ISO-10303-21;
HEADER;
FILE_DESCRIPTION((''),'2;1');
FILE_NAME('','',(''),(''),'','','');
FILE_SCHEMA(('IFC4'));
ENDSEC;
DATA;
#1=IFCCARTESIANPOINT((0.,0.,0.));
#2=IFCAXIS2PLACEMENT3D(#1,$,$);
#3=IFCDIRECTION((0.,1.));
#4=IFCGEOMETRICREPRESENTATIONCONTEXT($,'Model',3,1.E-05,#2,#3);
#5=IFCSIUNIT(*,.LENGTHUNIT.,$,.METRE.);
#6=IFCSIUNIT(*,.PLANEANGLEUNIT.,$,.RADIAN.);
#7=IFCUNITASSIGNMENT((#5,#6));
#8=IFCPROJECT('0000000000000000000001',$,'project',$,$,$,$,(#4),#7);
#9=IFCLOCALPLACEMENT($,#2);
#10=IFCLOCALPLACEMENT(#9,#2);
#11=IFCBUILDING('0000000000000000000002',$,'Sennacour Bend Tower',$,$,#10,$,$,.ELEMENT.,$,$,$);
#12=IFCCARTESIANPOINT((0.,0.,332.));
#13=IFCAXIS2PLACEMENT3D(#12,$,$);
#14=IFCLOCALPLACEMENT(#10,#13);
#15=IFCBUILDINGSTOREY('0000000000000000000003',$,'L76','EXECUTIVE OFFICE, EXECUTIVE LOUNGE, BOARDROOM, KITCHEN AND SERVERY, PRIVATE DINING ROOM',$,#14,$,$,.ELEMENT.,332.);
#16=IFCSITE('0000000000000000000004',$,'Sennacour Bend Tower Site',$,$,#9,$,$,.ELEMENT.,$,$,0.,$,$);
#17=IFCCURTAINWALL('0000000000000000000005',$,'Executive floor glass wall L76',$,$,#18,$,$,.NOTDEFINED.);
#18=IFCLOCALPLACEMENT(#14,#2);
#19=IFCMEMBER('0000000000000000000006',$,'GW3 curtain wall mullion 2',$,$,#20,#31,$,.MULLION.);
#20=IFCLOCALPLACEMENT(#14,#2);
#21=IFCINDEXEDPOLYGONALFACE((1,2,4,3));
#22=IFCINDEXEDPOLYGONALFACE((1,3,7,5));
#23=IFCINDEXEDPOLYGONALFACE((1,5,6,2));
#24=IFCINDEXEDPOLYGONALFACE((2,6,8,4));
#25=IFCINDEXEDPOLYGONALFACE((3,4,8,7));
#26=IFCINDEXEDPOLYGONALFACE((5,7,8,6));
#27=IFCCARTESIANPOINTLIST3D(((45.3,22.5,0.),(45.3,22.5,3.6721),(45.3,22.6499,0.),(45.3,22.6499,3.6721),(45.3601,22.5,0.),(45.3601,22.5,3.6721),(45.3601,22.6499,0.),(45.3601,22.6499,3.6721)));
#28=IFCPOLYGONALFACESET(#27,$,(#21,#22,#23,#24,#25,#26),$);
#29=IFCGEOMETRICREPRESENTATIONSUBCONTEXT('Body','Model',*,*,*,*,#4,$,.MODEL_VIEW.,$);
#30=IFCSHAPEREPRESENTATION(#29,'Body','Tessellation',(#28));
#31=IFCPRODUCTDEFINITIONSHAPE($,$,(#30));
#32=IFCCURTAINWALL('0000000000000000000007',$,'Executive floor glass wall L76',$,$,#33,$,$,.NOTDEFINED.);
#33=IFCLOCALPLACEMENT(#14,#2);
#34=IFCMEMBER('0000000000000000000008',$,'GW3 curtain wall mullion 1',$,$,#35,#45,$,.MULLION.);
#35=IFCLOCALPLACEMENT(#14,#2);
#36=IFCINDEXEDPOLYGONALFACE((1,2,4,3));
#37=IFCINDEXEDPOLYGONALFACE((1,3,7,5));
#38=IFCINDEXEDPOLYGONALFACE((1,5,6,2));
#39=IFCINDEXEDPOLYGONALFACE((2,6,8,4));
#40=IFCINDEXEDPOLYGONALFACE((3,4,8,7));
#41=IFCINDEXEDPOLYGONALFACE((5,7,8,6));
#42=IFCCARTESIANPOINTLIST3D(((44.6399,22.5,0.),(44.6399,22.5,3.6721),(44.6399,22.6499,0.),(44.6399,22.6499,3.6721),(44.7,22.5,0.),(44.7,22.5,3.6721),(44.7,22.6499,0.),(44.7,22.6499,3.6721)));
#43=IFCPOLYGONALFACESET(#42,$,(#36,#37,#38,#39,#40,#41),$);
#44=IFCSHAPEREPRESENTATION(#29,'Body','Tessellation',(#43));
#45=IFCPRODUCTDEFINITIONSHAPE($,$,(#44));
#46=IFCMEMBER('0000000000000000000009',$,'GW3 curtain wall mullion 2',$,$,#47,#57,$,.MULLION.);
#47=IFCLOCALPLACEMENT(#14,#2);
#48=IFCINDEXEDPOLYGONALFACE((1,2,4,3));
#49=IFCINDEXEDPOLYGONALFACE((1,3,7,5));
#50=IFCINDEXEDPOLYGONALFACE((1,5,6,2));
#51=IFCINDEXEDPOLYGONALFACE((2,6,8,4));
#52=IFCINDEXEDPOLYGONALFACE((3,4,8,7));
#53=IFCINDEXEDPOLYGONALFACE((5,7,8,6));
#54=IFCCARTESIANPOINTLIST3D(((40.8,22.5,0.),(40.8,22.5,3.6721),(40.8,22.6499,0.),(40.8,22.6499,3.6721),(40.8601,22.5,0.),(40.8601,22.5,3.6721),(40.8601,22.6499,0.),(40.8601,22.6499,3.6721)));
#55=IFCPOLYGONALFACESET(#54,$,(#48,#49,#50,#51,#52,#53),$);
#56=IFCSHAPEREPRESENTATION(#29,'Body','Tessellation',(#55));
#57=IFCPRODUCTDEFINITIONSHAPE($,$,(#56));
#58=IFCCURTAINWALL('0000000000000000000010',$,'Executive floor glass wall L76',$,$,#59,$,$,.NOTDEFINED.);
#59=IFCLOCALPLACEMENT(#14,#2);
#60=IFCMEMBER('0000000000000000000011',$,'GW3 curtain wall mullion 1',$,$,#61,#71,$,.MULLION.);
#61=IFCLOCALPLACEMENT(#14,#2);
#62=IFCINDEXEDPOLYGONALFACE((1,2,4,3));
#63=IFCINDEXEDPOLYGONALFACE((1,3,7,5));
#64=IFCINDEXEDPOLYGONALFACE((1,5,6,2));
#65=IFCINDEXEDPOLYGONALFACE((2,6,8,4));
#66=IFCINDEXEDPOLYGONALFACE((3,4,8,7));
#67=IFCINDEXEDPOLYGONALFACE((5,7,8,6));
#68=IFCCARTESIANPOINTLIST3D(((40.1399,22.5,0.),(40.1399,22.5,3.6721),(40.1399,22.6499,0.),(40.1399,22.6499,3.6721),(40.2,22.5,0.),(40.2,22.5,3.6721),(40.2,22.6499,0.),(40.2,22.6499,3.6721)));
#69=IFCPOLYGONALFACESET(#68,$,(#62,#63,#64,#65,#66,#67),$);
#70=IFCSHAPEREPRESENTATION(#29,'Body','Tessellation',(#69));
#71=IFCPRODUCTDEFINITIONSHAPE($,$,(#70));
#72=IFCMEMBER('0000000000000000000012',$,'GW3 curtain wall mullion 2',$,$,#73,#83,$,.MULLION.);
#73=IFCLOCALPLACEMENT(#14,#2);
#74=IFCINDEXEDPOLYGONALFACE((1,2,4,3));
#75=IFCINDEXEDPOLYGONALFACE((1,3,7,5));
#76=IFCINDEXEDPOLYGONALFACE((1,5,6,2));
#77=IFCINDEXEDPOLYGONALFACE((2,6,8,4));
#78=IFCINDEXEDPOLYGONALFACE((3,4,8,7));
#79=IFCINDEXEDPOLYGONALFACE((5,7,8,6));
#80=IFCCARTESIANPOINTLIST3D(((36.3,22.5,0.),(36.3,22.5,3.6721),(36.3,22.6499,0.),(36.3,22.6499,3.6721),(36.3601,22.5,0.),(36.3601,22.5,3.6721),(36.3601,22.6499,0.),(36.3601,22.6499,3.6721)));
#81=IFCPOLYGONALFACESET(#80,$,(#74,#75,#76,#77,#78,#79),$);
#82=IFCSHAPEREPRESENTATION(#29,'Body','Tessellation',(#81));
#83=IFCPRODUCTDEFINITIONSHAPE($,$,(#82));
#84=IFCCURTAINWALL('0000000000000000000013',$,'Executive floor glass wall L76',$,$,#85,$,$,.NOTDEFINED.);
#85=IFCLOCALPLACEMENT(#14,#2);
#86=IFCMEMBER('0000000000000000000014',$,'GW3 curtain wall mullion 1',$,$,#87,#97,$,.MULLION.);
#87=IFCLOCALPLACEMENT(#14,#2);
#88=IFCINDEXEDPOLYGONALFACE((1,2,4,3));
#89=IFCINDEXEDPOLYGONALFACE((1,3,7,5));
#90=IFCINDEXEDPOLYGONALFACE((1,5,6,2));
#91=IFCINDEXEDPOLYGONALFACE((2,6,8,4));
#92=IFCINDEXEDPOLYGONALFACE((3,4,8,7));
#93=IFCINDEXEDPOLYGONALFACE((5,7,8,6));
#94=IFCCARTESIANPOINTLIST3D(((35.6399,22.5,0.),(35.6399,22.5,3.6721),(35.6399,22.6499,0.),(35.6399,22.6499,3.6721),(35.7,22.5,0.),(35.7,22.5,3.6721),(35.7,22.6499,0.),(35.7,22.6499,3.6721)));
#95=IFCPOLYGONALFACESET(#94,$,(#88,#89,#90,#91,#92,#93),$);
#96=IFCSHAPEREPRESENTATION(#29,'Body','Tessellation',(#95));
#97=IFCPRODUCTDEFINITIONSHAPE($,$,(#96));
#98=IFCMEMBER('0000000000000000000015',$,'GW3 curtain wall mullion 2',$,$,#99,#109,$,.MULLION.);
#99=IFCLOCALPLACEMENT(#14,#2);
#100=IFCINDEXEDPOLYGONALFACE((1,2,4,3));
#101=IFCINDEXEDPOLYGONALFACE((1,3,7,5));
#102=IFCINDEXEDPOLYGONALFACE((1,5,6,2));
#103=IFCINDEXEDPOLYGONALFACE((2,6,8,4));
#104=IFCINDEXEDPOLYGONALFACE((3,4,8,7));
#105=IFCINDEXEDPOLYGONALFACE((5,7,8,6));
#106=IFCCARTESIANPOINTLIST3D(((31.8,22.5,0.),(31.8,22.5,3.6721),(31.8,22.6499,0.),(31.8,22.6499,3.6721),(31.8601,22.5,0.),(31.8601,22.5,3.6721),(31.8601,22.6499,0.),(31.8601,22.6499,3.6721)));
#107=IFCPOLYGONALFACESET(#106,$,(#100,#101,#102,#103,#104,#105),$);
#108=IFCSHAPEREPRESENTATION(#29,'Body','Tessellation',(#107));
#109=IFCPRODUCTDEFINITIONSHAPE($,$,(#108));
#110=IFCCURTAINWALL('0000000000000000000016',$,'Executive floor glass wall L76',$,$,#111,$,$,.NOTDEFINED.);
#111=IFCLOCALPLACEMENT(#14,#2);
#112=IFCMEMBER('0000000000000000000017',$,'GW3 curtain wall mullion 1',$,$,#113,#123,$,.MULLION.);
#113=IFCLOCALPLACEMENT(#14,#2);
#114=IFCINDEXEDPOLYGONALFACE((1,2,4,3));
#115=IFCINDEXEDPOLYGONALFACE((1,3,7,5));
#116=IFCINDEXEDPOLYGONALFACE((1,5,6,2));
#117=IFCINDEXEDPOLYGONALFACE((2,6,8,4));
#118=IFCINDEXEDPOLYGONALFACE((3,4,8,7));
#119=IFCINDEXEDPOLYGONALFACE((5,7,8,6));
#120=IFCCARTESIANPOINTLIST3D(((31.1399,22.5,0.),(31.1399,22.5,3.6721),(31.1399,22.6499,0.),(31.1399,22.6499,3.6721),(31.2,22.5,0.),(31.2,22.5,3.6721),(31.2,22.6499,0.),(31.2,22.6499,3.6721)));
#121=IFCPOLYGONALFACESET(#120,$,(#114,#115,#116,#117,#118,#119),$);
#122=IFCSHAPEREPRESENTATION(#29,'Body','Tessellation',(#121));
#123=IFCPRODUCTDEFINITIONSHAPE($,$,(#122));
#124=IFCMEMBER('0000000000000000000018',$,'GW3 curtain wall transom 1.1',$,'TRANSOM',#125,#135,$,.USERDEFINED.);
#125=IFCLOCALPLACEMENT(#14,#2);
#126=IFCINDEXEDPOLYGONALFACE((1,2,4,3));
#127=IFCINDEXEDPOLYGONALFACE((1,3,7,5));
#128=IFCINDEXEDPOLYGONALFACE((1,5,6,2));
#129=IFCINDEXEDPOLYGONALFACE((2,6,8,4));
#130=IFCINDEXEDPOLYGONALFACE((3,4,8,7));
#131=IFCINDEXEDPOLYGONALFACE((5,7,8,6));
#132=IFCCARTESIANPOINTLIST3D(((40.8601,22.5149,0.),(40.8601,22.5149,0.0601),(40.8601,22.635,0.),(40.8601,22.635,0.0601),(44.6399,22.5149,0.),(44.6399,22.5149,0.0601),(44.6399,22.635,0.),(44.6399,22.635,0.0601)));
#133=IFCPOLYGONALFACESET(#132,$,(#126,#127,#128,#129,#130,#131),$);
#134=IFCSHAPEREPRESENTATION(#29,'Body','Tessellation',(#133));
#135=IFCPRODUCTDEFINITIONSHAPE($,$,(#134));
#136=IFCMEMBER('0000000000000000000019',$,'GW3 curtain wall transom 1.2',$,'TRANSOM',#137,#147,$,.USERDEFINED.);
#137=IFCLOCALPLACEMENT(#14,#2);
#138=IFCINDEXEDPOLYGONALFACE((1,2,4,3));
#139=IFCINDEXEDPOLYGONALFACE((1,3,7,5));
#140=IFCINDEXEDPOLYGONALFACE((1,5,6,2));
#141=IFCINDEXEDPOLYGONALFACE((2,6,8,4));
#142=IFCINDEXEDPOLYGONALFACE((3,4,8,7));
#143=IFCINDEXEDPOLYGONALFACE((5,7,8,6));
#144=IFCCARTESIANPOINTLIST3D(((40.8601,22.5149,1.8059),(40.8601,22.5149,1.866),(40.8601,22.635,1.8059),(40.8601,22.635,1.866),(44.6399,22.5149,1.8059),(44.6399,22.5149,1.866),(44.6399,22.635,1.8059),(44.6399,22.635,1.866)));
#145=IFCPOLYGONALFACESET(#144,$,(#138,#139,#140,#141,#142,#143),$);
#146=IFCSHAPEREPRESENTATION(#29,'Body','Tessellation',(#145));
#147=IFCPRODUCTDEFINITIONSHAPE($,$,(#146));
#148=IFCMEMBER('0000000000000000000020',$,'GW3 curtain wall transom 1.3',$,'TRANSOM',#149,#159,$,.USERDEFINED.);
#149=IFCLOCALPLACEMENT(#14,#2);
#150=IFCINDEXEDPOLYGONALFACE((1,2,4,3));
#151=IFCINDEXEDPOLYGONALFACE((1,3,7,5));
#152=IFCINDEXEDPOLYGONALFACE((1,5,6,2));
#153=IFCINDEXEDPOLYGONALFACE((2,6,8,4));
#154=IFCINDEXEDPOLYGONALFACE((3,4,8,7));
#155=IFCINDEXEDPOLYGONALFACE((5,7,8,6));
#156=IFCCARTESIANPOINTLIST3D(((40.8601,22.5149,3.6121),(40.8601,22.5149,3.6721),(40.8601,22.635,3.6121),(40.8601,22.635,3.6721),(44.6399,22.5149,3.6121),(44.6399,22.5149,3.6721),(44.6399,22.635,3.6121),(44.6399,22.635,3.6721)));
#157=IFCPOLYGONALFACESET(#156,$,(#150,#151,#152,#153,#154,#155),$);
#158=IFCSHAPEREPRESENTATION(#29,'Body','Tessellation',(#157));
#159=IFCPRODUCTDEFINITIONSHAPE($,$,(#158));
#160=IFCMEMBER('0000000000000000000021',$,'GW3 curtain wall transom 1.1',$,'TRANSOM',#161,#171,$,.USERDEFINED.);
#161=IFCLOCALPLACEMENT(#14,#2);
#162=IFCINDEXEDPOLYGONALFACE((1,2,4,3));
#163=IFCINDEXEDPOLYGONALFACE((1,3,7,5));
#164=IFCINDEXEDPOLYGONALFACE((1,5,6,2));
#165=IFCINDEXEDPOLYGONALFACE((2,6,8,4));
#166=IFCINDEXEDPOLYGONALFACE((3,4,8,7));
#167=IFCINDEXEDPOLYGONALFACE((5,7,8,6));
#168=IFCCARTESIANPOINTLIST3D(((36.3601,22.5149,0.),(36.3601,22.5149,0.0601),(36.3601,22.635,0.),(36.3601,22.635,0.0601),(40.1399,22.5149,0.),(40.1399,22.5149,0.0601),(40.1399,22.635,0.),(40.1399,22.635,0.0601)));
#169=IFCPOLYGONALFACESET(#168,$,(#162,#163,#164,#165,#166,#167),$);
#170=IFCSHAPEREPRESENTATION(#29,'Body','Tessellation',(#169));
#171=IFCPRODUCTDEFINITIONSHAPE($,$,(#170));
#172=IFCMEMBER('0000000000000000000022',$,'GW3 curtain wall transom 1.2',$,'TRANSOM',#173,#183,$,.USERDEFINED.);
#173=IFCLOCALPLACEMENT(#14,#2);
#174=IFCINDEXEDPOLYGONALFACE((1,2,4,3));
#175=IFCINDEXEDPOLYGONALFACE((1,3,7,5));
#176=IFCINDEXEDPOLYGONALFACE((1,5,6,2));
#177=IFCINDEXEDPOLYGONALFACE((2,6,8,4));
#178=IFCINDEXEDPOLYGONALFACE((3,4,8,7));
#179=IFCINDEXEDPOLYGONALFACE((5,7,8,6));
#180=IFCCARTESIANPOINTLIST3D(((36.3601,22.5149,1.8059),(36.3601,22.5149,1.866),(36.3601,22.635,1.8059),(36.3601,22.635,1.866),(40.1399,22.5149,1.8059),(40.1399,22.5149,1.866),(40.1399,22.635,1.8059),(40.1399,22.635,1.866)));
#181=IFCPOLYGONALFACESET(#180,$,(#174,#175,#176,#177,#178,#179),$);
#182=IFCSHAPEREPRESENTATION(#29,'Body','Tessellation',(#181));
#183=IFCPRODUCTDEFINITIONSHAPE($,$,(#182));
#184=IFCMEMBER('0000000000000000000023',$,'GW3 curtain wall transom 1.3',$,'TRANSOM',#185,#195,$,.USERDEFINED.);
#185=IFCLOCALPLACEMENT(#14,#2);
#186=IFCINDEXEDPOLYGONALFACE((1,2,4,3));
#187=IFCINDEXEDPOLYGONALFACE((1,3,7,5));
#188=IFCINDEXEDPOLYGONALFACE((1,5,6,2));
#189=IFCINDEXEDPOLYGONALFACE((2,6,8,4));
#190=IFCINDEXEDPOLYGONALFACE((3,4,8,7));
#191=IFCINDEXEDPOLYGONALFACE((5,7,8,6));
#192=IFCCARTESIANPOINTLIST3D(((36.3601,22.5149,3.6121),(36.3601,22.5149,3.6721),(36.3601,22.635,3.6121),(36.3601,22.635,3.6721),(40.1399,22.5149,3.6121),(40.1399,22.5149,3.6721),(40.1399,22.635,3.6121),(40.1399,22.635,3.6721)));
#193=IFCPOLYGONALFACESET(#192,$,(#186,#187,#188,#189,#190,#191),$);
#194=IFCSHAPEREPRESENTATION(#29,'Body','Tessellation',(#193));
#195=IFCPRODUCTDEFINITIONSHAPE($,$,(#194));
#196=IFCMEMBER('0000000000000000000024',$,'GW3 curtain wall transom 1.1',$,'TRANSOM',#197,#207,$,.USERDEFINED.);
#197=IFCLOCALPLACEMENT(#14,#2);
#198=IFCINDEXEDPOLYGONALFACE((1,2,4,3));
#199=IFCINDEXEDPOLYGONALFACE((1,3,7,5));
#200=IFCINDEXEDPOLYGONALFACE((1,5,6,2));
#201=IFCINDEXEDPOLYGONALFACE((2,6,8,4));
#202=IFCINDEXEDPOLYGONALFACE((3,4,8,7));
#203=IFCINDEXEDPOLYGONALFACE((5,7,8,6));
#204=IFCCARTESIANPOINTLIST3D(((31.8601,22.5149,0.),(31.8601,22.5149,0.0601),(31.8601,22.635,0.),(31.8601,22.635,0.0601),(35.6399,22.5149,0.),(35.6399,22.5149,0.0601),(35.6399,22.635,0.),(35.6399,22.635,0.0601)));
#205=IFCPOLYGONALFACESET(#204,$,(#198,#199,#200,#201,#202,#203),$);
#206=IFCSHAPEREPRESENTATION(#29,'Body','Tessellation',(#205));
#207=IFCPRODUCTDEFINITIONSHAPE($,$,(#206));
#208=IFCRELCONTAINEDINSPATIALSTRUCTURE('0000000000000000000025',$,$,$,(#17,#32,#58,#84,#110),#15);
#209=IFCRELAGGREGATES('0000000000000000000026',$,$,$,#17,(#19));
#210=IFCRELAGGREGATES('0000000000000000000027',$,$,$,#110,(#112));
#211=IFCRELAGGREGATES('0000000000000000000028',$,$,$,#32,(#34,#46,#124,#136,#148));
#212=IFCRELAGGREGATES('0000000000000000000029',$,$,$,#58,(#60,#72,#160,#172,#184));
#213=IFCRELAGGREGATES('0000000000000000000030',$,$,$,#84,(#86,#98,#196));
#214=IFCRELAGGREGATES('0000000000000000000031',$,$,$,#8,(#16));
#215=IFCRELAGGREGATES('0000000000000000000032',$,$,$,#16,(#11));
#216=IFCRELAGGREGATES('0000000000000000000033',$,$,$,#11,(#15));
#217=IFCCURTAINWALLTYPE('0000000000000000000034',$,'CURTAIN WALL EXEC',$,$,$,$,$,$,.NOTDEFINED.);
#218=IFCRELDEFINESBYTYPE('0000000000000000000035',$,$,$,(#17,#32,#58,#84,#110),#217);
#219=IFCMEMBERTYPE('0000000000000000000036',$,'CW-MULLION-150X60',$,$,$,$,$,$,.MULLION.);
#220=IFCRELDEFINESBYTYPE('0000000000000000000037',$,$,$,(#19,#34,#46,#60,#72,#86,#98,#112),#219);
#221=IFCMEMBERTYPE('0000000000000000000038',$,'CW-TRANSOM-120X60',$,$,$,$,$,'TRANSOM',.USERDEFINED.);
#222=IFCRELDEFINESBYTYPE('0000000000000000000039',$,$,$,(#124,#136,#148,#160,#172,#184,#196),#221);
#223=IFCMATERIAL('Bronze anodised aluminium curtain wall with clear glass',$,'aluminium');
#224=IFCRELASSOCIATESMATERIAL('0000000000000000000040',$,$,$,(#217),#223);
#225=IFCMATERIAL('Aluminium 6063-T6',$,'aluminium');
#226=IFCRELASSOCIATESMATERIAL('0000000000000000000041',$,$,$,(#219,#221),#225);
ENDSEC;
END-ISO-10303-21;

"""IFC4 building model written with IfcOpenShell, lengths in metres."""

from ifc_helpers import new_model, si_unit, direction, frame, origin, origin_2d, place, context, subcontext, project, spatial, rectangle, extrude, material, material_profile, profile_set, type_object, element, aggregate, save


model = new_model("IFC4")

# Units and contexts
model_context = context("Model", 3, precision=1e-05, world=origin(), true_north=direction((0.0, 1.0)))
body_context = subcontext(model_context, "Body", "Model", "MODEL_VIEW")
ifc_project = project(units=[si_unit("LENGTHUNIT", "METRE"), si_unit("PLANEANGLEUNIT", "RADIAN")], contexts=[model_context])

# Site, building, storey
site_placement = place(None, origin())
site = spatial("IfcSite", under=ifc_project, at=site_placement, Name="Sennacour Bend Tower Site", CompositionType="ELEMENT", RefElevation=0.0)
building_placement = place(site_placement, origin())
building = spatial("IfcBuilding", under=site, at=building_placement, Name="Sennacour Bend Tower", CompositionType="ELEMENT")
storey_placement = place(building_placement, frame((0.0, 0.0, 332.0)))
storey = spatial("IfcBuildingStorey", under=building, at=storey_placement, Name="L76", Description="EXECUTIVE OFFICE, EXECUTIVE LOUNGE, BOARDROOM, KITCHEN AND SERVERY, PRIVATE DINING ROOM", CompositionType="ELEMENT", Elevation=332.0)

# Curtain wall, member
ifc_material_1 = material(Name="Bronze anodised aluminium curtain wall with clear glass", Category="aluminium")
curtain_wall_type = type_object("IfcCurtainWallType", Name="CURTAIN WALL EXEC", PredefinedType="NOTDEFINED", material=ifc_material_1)
curtain_wall_1_placement = place(storey_placement, origin())
curtain_wall_1 = element("IfcCurtainWall", 1, at=curtain_wall_1_placement, inside=storey, type_object=curtain_wall_type, Name="Executive floor glass wall L76", PredefinedType="NOTDEFINED")
ifc_material_2 = material(Name="Aluminium 6063-T6", Category="aluminium")
ifc_material_profile_1 = material_profile(ifc_material_2, rectangle(XDim=0.1499, YDim=0.0601, at=origin_2d()), Name="Aluminium 6063-T6", Category="aluminium")
ifc_profile_set_1 = profile_set([ifc_material_profile_1], Name="Aluminium 6063-T6")
member_type_1 = type_object("IfcMemberType", Name="CW-MULLION-150X60", PredefinedType="MULLION", material=ifc_profile_set_1)
member_1_placement = place(storey_placement, frame((45.3301, 22.575, 0.0), z_axis=(0.0, 0.0, 1.0), x_axis=(0.0, -1.0, 0.0)))
member_1 = element("IfcMember", 2, at=member_1_placement, type_object=member_type_1, Name="GW3 curtain wall mullion 2", PredefinedType="MULLION", context=body_context, shape_type="SweptSolid", body=[
    extrude(rectangle(XDim=0.1499, YDim=0.0601, at=origin_2d()), origin(), (0.0, 0.0, 1.0), 3.6721),
])
aggregate(curtain_wall_1, [member_1])

# Curtain walls, members
curtain_wall_2_placement = place(storey_placement, origin())
curtain_wall_2 = element("IfcCurtainWall", 3, at=curtain_wall_2_placement, inside=storey, type_object=curtain_wall_type, Name="Executive floor glass wall L76", PredefinedType="NOTDEFINED")
member_2_placement = place(storey_placement, frame((44.6699, 22.575, 0.0), z_axis=(0.0, 0.0, 1.0), x_axis=(0.0, -1.0, 0.0)))
member_2 = element("IfcMember", 4, at=member_2_placement, type_object=member_type_1, Name="GW3 curtain wall mullion 1", PredefinedType="MULLION", context=body_context, shape_type="SweptSolid", body=[
    extrude(rectangle(XDim=0.1499, YDim=0.0601, at=origin_2d()), origin(), (0.0, 0.0, 1.0), 3.6721),
])
member_3_placement = place(storey_placement, frame((40.8301, 22.575, 0.0), z_axis=(0.0, 0.0, 1.0), x_axis=(0.0, -1.0, 0.0)))
member_3 = element("IfcMember", 5, at=member_3_placement, type_object=member_type_1, Name="GW3 curtain wall mullion 2", PredefinedType="MULLION", context=body_context, shape_type="SweptSolid", body=[
    extrude(rectangle(XDim=0.1499, YDim=0.0601, at=origin_2d()), origin(), (0.0, 0.0, 1.0), 3.6721),
])
curtain_wall_3_placement = place(storey_placement, origin())
curtain_wall_3 = element("IfcCurtainWall", 6, at=curtain_wall_3_placement, inside=storey, type_object=curtain_wall_type, Name="Executive floor glass wall L76", PredefinedType="NOTDEFINED")
member_4_placement = place(storey_placement, frame((40.1699, 22.575, 0.0), z_axis=(0.0, 0.0, 1.0), x_axis=(0.0, -1.0, 0.0)))
member_4 = element("IfcMember", 7, at=member_4_placement, type_object=member_type_1, Name="GW3 curtain wall mullion 1", PredefinedType="MULLION", context=body_context, shape_type="SweptSolid", body=[
    extrude(rectangle(XDim=0.1499, YDim=0.0601, at=origin_2d()), origin(), (0.0, 0.0, 1.0), 3.6721),
])
member_5_placement = place(storey_placement, frame((36.3301, 22.575, 0.0), z_axis=(0.0, 0.0, 1.0), x_axis=(0.0, -1.0, 0.0)))
member_5 = element("IfcMember", 8, at=member_5_placement, type_object=member_type_1, Name="GW3 curtain wall mullion 2", PredefinedType="MULLION", context=body_context, shape_type="SweptSolid", body=[
    extrude(rectangle(XDim=0.1499, YDim=0.0601, at=origin_2d()), origin(), (0.0, 0.0, 1.0), 3.6721),
])
curtain_wall_4_placement = place(storey_placement, origin())
curtain_wall_4 = element("IfcCurtainWall", 9, at=curtain_wall_4_placement, inside=storey, type_object=curtain_wall_type, Name="Executive floor glass wall L76", PredefinedType="NOTDEFINED")
member_6_placement = place(storey_placement, frame((35.6699, 22.575, 0.0), z_axis=(0.0, 0.0, 1.0), x_axis=(0.0, -1.0, 0.0)))
member_6 = element("IfcMember", 10, at=member_6_placement, type_object=member_type_1, Name="GW3 curtain wall mullion 1", PredefinedType="MULLION", context=body_context, shape_type="SweptSolid", body=[
    extrude(rectangle(XDim=0.1499, YDim=0.0601, at=origin_2d()), origin(), (0.0, 0.0, 1.0), 3.6721),
])
member_7_placement = place(storey_placement, frame((31.8301, 22.575, 0.0), z_axis=(0.0, 0.0, 1.0), x_axis=(0.0, -1.0, 0.0)))
member_7 = element("IfcMember", 11, at=member_7_placement, type_object=member_type_1, Name="GW3 curtain wall mullion 2", PredefinedType="MULLION", context=body_context, shape_type="SweptSolid", body=[
    extrude(rectangle(XDim=0.1499, YDim=0.0601, at=origin_2d()), origin(), (0.0, 0.0, 1.0), 3.6721),
])

# Curtain wall, member
curtain_wall_5_placement = place(storey_placement, origin())
curtain_wall_5 = element("IfcCurtainWall", 12, at=curtain_wall_5_placement, inside=storey, type_object=curtain_wall_type, Name="Executive floor glass wall L76", PredefinedType="NOTDEFINED")
member_8_placement = place(storey_placement, frame((31.1699, 22.575, 0.0), z_axis=(0.0, 0.0, 1.0), x_axis=(0.0, -1.0, 0.0)))
member_8 = element("IfcMember", 13, at=member_8_placement, type_object=member_type_1, Name="GW3 curtain wall mullion 1", PredefinedType="MULLION", context=body_context, shape_type="SweptSolid", body=[
    extrude(rectangle(XDim=0.1499, YDim=0.0601, at=origin_2d()), origin(), (0.0, 0.0, 1.0), 3.6721),
])

# Members
ifc_material_profile_2 = material_profile(ifc_material_2, rectangle(XDim=0.1201, YDim=0.0601, at=origin_2d()), Name="Aluminium 6063-T6", Category="aluminium")
ifc_profile_set_2 = profile_set([ifc_material_profile_2], Name="Aluminium 6063-T6")
member_type_2 = type_object("IfcMemberType", Name="CW-TRANSOM-120X60", ElementType="TRANSOM", PredefinedType="USERDEFINED", material=ifc_profile_set_2)
member_9_placement = place(storey_placement, frame((44.6399, 22.575, 0.03), z_axis=(-1.0, 0.0, 0.0), x_axis=(0.0, -1.0, 0.0)))
member_9 = element("IfcMember", 14, at=member_9_placement, type_object=member_type_2, Name="GW3 curtain wall transom 1.1", ObjectType="TRANSOM", PredefinedType="USERDEFINED", context=body_context, shape_type="SweptSolid", body=[
    extrude(rectangle(XDim=0.1201, YDim=0.0601, at=origin_2d()), origin(), (0.0, 0.0, 1.0), 3.7798),
])
member_10_placement = place(storey_placement, frame((44.6399, 22.575, 1.8359), z_axis=(-1.0, 0.0, 0.0), x_axis=(0.0, -1.0, 0.0)))
member_10 = element("IfcMember", 15, at=member_10_placement, type_object=member_type_2, Name="GW3 curtain wall transom 1.2", ObjectType="TRANSOM", PredefinedType="USERDEFINED", context=body_context, shape_type="SweptSolid", body=[
    extrude(rectangle(XDim=0.1201, YDim=0.0601, at=origin_2d()), origin(), (0.0, 0.0, 1.0), 3.7798),
])
member_11_placement = place(storey_placement, frame((44.6399, 22.575, 3.6421), z_axis=(-1.0, 0.0, 0.0), x_axis=(0.0, -1.0, 0.0)))
member_11 = element("IfcMember", 16, at=member_11_placement, type_object=member_type_2, Name="GW3 curtain wall transom 1.3", ObjectType="TRANSOM", PredefinedType="USERDEFINED", context=body_context, shape_type="SweptSolid", body=[
    extrude(rectangle(XDim=0.1201, YDim=0.0601, at=origin_2d()), origin(), (0.0, 0.0, 1.0), 3.7798),
])
member_12_placement = place(storey_placement, frame((40.1399, 22.575, 0.03), z_axis=(-1.0, 0.0, 0.0), x_axis=(0.0, -1.0, 0.0)))
member_12 = element("IfcMember", 17, at=member_12_placement, type_object=member_type_2, Name="GW3 curtain wall transom 1.1", ObjectType="TRANSOM", PredefinedType="USERDEFINED", context=body_context, shape_type="SweptSolid", body=[
    extrude(rectangle(XDim=0.1201, YDim=0.0601, at=origin_2d()), origin(), (0.0, 0.0, 1.0), 3.7798),
])
member_13_placement = place(storey_placement, frame((40.1399, 22.575, 1.8359), z_axis=(-1.0, 0.0, 0.0), x_axis=(0.0, -1.0, 0.0)))
member_13 = element("IfcMember", 18, at=member_13_placement, type_object=member_type_2, Name="GW3 curtain wall transom 1.2", ObjectType="TRANSOM", PredefinedType="USERDEFINED", context=body_context, shape_type="SweptSolid", body=[
    extrude(rectangle(XDim=0.1201, YDim=0.0601, at=origin_2d()), origin(), (0.0, 0.0, 1.0), 3.7798),
])
member_14_placement = place(storey_placement, frame((40.1399, 22.575, 3.6421), z_axis=(-1.0, 0.0, 0.0), x_axis=(0.0, -1.0, 0.0)))
member_14 = element("IfcMember", 19, at=member_14_placement, type_object=member_type_2, Name="GW3 curtain wall transom 1.3", ObjectType="TRANSOM", PredefinedType="USERDEFINED", context=body_context, shape_type="SweptSolid", body=[
    extrude(rectangle(XDim=0.1201, YDim=0.0601, at=origin_2d()), origin(), (0.0, 0.0, 1.0), 3.7798),
])
member_15_placement = place(storey_placement, frame((35.6399, 22.575, 0.03), z_axis=(-1.0, 0.0, 0.0), x_axis=(0.0, -1.0, 0.0)))
member_15 = element("IfcMember", 20, at=member_15_placement, type_object=member_type_2, Name="GW3 curtain wall transom 1.1", ObjectType="TRANSOM", PredefinedType="USERDEFINED", context=body_context, shape_type="SweptSolid", body=[
    extrude(rectangle(XDim=0.1201, YDim=0.0601, at=origin_2d()), origin(), (0.0, 0.0, 1.0), 3.7798),
])
aggregate(curtain_wall_5, [member_8])

aggregate(curtain_wall_2, [member_2, member_3, member_9, member_10, member_11])
aggregate(curtain_wall_3, [member_4, member_5, member_12, member_13, member_14])
aggregate(curtain_wall_4, [member_6, member_7, member_15])

save(model, "model.ifc")
